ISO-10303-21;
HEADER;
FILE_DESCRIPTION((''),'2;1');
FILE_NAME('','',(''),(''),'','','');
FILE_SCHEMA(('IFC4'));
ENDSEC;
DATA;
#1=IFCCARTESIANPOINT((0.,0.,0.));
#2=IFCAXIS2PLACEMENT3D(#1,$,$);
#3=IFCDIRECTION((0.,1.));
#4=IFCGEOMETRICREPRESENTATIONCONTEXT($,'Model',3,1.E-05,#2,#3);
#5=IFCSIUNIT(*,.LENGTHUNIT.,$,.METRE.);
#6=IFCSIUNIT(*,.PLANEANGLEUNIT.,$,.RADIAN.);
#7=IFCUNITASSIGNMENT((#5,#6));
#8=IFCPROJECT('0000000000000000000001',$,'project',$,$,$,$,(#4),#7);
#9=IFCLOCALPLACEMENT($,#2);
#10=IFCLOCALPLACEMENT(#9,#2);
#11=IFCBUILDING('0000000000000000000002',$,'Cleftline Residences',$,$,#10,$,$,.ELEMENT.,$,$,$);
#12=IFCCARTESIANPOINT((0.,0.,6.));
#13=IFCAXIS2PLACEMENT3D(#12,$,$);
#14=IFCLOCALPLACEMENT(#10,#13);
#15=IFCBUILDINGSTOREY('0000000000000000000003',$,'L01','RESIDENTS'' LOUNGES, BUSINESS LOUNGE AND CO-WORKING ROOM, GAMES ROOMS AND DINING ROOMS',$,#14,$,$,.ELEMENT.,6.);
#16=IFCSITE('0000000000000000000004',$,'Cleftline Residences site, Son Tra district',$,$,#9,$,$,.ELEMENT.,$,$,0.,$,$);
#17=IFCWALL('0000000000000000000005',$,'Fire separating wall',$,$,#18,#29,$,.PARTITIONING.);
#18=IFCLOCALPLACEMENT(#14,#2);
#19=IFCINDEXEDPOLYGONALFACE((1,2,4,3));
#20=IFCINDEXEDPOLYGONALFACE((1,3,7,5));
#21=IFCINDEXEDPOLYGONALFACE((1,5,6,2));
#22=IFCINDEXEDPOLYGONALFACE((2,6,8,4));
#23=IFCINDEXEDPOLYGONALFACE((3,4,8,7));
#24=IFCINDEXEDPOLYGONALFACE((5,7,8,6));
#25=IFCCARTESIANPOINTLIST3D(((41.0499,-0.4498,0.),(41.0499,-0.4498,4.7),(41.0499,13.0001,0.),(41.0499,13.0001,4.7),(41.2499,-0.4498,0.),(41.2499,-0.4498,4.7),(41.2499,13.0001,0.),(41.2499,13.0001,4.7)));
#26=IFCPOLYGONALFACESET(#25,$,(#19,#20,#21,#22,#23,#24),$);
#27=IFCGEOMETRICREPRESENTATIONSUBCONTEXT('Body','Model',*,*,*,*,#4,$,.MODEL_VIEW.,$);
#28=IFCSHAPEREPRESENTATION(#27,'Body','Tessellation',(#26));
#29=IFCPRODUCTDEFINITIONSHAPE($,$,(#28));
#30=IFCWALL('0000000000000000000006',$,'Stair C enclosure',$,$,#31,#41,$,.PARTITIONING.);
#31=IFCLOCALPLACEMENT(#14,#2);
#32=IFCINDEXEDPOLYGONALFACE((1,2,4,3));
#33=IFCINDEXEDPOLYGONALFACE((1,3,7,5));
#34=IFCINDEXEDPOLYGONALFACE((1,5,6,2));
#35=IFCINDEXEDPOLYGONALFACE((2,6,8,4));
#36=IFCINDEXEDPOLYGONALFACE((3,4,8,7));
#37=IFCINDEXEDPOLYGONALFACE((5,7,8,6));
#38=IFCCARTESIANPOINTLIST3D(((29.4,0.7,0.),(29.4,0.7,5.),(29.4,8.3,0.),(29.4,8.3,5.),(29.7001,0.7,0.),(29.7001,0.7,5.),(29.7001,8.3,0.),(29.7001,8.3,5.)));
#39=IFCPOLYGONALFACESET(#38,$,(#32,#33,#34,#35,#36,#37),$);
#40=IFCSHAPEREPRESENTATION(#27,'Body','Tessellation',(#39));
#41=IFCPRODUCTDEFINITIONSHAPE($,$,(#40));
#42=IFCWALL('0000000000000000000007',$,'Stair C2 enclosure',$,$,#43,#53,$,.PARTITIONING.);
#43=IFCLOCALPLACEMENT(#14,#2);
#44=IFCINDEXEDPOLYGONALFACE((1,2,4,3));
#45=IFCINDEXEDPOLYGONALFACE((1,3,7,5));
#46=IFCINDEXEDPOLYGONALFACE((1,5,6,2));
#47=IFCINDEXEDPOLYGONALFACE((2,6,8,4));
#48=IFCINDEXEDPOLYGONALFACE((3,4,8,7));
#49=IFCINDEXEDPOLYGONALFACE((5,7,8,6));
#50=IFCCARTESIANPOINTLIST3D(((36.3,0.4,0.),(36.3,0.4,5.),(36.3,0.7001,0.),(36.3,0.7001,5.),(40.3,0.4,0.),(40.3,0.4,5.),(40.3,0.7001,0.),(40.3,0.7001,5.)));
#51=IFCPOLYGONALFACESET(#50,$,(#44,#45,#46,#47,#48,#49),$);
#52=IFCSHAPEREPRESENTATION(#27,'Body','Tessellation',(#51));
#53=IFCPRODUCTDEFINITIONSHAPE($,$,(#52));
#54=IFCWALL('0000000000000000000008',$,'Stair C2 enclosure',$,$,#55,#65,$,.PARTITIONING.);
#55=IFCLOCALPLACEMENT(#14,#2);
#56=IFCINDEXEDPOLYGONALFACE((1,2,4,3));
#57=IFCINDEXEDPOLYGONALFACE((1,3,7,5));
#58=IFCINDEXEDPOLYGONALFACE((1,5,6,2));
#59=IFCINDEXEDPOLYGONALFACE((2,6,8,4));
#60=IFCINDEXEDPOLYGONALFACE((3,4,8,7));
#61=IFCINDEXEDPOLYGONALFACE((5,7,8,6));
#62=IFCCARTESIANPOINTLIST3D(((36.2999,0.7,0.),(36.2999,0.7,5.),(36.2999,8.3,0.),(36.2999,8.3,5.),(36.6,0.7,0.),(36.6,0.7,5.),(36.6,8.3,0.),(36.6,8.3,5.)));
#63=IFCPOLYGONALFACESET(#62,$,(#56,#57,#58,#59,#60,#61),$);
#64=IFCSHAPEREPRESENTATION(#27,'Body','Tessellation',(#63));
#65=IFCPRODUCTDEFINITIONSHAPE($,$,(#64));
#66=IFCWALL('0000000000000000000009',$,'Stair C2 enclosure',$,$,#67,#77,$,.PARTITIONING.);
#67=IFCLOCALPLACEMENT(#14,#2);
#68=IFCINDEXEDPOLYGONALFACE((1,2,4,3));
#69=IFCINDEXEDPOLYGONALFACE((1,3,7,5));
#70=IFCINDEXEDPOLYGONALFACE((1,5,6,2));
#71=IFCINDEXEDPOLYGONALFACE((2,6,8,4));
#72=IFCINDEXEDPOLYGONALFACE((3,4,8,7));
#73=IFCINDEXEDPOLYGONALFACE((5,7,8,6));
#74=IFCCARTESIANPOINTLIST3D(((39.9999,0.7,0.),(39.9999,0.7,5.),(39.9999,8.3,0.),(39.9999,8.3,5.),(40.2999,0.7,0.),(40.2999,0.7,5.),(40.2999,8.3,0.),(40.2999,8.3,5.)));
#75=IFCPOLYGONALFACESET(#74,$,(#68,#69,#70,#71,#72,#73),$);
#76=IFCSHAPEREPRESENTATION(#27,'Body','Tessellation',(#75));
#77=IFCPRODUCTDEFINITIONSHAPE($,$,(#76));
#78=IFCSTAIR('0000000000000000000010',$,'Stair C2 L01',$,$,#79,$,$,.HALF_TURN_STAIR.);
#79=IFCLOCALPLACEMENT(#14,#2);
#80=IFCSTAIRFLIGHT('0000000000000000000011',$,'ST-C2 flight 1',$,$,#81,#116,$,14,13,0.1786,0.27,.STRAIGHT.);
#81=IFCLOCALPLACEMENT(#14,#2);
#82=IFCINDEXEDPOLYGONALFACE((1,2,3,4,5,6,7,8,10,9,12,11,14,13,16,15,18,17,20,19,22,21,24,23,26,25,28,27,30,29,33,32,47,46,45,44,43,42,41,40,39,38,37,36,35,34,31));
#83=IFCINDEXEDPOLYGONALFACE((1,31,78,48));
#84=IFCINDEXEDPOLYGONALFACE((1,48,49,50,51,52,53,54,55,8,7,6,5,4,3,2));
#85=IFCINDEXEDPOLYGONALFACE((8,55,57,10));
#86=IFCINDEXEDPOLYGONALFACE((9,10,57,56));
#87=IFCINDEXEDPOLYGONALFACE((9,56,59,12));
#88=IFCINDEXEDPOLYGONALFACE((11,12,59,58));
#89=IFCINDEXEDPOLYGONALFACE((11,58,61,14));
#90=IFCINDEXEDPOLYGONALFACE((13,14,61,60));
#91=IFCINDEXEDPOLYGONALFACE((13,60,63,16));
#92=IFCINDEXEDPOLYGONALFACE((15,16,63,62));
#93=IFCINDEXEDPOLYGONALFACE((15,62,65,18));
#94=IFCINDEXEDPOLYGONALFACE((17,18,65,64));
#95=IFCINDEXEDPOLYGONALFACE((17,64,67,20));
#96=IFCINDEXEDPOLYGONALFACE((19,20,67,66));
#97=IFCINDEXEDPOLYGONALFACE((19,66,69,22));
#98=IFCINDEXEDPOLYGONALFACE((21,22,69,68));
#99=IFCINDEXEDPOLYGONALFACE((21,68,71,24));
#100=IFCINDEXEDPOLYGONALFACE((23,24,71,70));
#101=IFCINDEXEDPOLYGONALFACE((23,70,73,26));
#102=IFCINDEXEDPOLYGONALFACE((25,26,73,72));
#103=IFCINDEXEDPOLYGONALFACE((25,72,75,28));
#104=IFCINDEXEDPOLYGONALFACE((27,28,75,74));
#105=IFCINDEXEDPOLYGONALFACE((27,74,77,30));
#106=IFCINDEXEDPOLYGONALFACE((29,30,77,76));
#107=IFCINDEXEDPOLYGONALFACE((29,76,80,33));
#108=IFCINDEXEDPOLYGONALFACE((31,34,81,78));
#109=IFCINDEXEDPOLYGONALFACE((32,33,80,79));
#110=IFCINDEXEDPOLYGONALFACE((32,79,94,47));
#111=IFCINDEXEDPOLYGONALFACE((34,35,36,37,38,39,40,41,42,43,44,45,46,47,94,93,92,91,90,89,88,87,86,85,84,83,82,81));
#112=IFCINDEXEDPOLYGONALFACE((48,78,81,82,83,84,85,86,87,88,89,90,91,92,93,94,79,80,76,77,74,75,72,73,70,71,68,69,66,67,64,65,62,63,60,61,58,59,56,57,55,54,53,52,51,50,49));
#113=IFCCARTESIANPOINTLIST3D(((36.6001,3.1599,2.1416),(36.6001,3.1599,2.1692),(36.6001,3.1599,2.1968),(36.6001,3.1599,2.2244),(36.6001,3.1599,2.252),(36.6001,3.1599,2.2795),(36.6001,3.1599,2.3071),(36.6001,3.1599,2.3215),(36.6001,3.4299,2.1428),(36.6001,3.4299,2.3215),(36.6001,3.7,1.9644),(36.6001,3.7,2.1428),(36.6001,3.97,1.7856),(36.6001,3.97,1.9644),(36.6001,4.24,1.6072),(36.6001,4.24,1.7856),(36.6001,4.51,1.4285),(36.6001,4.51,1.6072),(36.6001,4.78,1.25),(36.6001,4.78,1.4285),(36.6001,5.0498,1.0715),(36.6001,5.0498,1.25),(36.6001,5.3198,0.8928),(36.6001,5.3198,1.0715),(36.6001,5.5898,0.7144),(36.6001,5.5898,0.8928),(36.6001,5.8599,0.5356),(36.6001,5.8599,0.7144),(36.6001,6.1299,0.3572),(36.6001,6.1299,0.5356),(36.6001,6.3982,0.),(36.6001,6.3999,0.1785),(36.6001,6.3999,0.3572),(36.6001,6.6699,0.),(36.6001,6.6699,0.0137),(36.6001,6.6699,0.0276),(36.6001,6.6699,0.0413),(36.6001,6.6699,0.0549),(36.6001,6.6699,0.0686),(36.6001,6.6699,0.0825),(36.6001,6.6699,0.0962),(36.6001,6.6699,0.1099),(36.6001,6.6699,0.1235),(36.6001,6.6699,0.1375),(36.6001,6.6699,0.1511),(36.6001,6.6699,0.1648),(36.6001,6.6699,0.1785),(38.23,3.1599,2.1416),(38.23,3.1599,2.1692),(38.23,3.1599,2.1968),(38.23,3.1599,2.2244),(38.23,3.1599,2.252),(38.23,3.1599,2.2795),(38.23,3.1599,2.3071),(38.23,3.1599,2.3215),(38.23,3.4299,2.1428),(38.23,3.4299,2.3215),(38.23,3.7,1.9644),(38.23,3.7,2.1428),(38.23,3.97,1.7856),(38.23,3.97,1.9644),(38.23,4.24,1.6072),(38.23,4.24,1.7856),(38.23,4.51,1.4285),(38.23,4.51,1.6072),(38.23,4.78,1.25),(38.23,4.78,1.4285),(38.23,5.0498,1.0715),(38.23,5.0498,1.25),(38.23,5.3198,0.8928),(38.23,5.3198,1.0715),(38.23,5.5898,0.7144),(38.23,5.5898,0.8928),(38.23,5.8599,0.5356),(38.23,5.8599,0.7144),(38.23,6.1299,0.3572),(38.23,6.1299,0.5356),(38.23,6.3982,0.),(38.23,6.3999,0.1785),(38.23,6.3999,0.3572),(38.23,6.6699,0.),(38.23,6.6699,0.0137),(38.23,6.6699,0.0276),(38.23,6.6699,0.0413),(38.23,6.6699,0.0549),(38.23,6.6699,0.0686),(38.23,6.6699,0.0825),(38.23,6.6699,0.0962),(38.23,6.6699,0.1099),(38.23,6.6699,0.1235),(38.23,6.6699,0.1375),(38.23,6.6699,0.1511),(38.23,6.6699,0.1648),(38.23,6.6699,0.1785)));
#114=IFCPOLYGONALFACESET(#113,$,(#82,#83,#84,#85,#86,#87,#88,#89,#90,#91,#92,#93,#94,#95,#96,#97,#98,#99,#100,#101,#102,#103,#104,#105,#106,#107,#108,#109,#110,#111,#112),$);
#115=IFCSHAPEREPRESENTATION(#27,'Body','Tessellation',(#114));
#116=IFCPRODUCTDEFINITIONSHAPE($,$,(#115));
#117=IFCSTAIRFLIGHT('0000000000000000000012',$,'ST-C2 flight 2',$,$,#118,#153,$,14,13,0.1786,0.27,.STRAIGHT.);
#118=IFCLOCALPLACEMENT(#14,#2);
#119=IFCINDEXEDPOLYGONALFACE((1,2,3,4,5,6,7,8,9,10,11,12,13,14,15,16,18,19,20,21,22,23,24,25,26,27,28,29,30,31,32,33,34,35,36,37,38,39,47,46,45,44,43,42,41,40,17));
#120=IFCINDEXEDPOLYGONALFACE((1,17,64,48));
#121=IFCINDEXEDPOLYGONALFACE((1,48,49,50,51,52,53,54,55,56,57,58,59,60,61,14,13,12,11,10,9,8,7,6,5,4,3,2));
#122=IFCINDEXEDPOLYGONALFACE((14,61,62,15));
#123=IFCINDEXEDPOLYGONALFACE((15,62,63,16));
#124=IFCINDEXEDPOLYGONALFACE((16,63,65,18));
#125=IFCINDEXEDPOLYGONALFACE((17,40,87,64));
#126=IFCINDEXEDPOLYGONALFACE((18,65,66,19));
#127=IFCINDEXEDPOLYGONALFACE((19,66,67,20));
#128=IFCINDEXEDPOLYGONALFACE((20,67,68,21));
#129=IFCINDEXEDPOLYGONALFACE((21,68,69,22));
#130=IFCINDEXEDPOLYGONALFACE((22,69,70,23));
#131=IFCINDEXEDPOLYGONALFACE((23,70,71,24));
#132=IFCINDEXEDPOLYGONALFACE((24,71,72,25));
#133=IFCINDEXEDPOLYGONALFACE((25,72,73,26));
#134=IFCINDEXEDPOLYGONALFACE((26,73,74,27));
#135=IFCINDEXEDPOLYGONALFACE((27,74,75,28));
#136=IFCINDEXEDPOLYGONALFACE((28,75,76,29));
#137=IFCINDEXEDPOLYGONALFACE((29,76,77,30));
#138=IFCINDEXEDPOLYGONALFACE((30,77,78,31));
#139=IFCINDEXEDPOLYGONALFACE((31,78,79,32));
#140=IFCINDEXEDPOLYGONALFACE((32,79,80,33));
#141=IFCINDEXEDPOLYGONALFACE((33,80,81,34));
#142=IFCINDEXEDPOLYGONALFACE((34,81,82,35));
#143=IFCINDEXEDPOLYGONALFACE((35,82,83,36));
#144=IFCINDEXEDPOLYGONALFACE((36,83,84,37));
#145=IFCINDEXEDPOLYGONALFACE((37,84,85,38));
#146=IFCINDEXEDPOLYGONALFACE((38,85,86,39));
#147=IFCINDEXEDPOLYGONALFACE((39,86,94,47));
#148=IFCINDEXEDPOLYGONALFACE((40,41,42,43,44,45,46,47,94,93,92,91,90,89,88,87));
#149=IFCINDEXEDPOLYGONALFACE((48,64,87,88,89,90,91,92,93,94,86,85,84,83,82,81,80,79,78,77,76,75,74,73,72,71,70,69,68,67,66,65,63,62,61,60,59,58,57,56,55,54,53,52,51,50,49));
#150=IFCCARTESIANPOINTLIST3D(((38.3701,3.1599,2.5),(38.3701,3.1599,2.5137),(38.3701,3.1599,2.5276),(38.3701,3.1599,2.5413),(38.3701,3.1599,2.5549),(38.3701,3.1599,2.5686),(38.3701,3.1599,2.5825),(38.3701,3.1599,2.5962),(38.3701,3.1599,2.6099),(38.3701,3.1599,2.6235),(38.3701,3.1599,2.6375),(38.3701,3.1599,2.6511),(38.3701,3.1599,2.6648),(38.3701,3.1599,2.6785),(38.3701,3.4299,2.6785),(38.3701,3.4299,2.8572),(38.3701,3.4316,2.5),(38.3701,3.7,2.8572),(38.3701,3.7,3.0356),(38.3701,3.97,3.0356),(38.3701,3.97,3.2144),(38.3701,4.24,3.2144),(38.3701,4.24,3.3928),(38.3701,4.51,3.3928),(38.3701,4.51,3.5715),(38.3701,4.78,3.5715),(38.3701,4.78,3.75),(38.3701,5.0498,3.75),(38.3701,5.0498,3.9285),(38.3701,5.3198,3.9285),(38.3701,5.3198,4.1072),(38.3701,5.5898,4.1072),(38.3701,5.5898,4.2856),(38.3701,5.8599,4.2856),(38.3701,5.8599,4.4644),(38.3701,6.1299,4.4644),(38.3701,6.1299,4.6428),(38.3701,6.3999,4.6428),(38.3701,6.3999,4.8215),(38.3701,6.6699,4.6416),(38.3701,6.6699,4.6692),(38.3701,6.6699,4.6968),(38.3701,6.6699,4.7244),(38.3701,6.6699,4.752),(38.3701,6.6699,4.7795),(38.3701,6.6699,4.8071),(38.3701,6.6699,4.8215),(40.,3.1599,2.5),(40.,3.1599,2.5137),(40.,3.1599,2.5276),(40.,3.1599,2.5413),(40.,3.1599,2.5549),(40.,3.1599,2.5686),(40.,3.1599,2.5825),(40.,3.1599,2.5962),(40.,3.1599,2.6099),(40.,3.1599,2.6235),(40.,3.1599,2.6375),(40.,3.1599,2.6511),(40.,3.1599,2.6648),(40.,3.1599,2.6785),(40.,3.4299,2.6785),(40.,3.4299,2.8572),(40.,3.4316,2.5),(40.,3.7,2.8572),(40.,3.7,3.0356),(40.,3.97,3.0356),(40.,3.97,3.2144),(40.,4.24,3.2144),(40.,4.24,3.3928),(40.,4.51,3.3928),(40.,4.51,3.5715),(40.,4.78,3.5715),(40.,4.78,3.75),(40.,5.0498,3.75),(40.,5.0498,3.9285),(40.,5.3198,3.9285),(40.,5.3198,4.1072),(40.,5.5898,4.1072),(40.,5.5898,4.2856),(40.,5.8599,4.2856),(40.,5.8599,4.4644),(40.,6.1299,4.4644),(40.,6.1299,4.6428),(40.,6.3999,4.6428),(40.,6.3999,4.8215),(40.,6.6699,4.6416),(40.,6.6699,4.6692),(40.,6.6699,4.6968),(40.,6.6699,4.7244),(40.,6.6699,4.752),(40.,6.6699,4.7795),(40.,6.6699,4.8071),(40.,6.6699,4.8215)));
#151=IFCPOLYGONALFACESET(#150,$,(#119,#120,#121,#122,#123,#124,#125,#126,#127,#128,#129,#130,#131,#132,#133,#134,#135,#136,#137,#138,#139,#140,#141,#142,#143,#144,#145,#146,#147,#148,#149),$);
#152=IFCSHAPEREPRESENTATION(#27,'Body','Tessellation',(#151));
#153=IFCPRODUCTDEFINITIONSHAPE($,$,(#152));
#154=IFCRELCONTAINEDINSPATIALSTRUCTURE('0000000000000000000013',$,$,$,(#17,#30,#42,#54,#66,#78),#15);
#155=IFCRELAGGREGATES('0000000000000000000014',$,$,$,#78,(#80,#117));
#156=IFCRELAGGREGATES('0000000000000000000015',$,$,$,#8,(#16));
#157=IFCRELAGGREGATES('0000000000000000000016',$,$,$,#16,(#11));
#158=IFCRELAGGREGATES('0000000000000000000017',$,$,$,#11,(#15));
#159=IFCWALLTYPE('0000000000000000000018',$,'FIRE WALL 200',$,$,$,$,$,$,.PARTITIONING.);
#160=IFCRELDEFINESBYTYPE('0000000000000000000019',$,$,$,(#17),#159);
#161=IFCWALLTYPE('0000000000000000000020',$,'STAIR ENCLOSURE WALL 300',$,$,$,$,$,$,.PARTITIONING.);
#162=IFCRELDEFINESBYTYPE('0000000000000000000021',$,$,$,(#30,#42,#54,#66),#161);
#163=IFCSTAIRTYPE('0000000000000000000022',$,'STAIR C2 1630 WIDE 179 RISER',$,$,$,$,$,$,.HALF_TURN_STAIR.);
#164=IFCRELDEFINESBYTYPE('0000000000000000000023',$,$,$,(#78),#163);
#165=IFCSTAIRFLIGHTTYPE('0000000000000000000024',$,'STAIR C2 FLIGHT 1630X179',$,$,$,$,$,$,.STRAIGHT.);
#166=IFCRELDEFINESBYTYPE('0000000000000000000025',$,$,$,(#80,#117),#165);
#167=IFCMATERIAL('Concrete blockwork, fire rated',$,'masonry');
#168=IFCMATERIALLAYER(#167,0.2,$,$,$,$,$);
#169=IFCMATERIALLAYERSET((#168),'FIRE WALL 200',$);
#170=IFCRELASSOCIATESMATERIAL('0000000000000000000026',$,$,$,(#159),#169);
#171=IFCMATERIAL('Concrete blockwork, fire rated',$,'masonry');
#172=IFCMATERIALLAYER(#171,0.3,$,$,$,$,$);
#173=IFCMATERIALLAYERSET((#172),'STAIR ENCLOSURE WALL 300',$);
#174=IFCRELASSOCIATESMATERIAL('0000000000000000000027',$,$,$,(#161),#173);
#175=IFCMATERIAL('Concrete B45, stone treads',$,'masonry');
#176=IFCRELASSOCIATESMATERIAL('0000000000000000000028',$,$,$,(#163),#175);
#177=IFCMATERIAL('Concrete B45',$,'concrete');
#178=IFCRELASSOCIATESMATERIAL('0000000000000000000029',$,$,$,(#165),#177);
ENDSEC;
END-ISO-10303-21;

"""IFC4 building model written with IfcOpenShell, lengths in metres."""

from ifc_helpers import new_model, si_unit, direction, frame, frame_2d, origin, place, context, subcontext, project, spatial, polyline, rectangle, outline, extrude, material, layer, layer_set, type_object, element, aggregate, save


model = new_model("IFC4")

# Units and contexts
model_context = context("Model", 3, precision=1e-05, world=origin(), true_north=direction((0.0, 1.0)))
body_context = subcontext(model_context, "Body", "Model", "MODEL_VIEW")
ifc_project = project(units=[si_unit("LENGTHUNIT", "METRE"), si_unit("PLANEANGLEUNIT", "RADIAN")], contexts=[model_context])

# Site, building, storey
site_placement = place(None, origin())
site = spatial("IfcSite", under=ifc_project, at=site_placement, Name="Cleftline Residences site, Son Tra district", CompositionType="ELEMENT", RefElevation=0.0)
building_placement = place(site_placement, origin())
building = spatial("IfcBuilding", under=site, at=building_placement, Name="Cleftline Residences", CompositionType="ELEMENT")
storey_placement = place(building_placement, frame((0.0, 0.0, 6.0)))
storey = spatial("IfcBuildingStorey", under=building, at=storey_placement, Name="L01", Description="RESIDENTS' LOUNGES, BUSINESS LOUNGE AND CO-WORKING ROOM, GAMES ROOMS AND DINING ROOMS", CompositionType="ELEMENT", Elevation=6.0)

# Walls
ifc_material_1 = material(Name="Concrete blockwork, fire rated", Category="masonry")
ifc_layer_1 = layer(ifc_material_1, 0.2)
ifc_layer_set_1 = layer_set([ifc_layer_1], Name="FIRE WALL 200")
wall_type_1 = type_object("IfcWallType", Name="FIRE WALL 200", PredefinedType="PARTITIONING", material=ifc_layer_set_1)
wall_1_placement = place(storey_placement, frame((41.1499, -0.45, 0.0), z_axis=(0.0, 0.0, 1.0), x_axis=(0.0, 1.0, 0.0)))
element("IfcWall", 1, at=wall_1_placement, inside=storey, type_object=wall_type_1, Name="Fire separating wall", PredefinedType="PARTITIONING", context=body_context, shape_type="SweptSolid", body=[
    extrude(rectangle(XDim=13.45, YDim=0.2, at=frame_2d((6.7251, 0.0))), origin(), (0.0, 0.0, 1.0), 4.7),
])
ifc_material_2 = material(Name="Concrete blockwork, fire rated", Category="masonry")
ifc_layer_2 = layer(ifc_material_2, 0.3)
ifc_layer_set_2 = layer_set([ifc_layer_2], Name="STAIR ENCLOSURE WALL 300")
wall_type_2 = type_object("IfcWallType", Name="STAIR ENCLOSURE WALL 300", PredefinedType="PARTITIONING", material=ifc_layer_set_2)
wall_2_placement = place(storey_placement, frame((29.55, 0.7, 0.0), z_axis=(0.0, 0.0, 1.0), x_axis=(0.0, 1.0, 0.0)))
element("IfcWall", 2, at=wall_2_placement, inside=storey, type_object=wall_type_2, Name="Stair C enclosure", PredefinedType="PARTITIONING", context=body_context, shape_type="SweptSolid", body=[
    extrude(rectangle(XDim=7.6001, YDim=0.3, at=frame_2d((3.8, 0.0))), origin(), (0.0, 0.0, 1.0), 5.0),
])
wall_3_placement = place(storey_placement, frame((36.3, 0.55, 0.0), z_axis=(0.0, 0.0, 1.0), x_axis=(1.0, 0.0, 0.0)))
element("IfcWall", 3, at=wall_3_placement, inside=storey, type_object=wall_type_2, Name="Stair C2 enclosure", PredefinedType="PARTITIONING", context=body_context, shape_type="SweptSolid", body=[
    extrude(rectangle(XDim=4.0, YDim=0.3, at=frame_2d((2.0, 0.0))), origin(), (0.0, 0.0, 1.0), 5.0),
])
for number, where, z_axis, x_axis, name in (
    (4, (36.45, 0.7, 0.0), (0.0, 0.0, 1.0), (0.0, 1.0, 0.0), "Stair C2 enclosure"),
    (5, (40.1499, 0.7, 0.0), (0.0, 0.0, 1.0), (0.0, 1.0, 0.0), "Stair C2 enclosure"),
):
    element("IfcWall", number, at=place(storey_placement, frame(where, z_axis=z_axis, x_axis=x_axis)), inside=storey, type_object=wall_type_2, Name=name, PredefinedType="PARTITIONING", context=body_context, shape_type="SweptSolid", body=[
        extrude(rectangle(XDim=7.6001, YDim=0.3, at=frame_2d((3.8, 0.0))), origin(), (0.0, 0.0, 1.0), 5.0),
    ])

# Stair, stair flights
ifc_material_3 = material(Name="Concrete B45, stone treads", Category="masonry")
stair_type = type_object("IfcStairType", Name="STAIR C2 1630 WIDE 179 RISER", PredefinedType="HALF_TURN_STAIR", material=ifc_material_3)
stair_placement = place(storey_placement, origin())
stair = element("IfcStair", 6, at=stair_placement, inside=storey, type_object=stair_type, Name="Stair C2 L01", PredefinedType="HALF_TURN_STAIR")
ifc_material_4 = material(Name="Concrete B45", Category="concrete")
stair_flight_type = type_object("IfcStairFlightType", Name="STAIR C2 FLIGHT 1630X179", PredefinedType="STRAIGHT", material=ifc_material_4)
stair_flight_1_placement = place(storey_placement, frame((37.415, 6.6699, 0.0), z_axis=(0.0, 0.0, 1.0), x_axis=(0.0, -1.0, 0.0)))
stair_flight_1 = element("IfcStairFlight", 7, at=stair_flight_1_placement, type_object=stair_flight_type, Name="ST-C2 flight 1", NumberOfRisers=14, NumberOfTreads=13, PredefinedType="STRAIGHT", RiserHeight=0.1786, TreadLength=0.27, context=body_context, shape_type="SweptSolid", body=[
    extrude(outline(polyline([(0.0, 0.0), (0.0, 0.0137), (0.0, 0.0276), (0.0, 0.0413), (0.0, 0.0549), (0.0, 0.0686), (0.0, 0.0825), (0.0, 0.0962), (0.0, 0.1099), (0.0, 0.1235), (0.0, 0.1375), (0.0, 0.1511), (0.0, 0.1648), (0.0, 0.1785), (0.27, 0.1785), (0.27, 0.3572), (0.54, 0.3572), (0.54, 0.5356), (0.8101, 0.5356), (0.8101, 0.7144), (1.0801, 0.7144), (1.0801, 0.8928), (1.3501, 0.8928), (1.3501, 1.0715), (1.6201, 1.0715), (1.6201, 1.25), (1.8899, 1.25), (1.8899, 1.4285), (2.1599, 1.4285), (2.1599, 1.6072), (2.4299, 1.6072), (2.4299, 1.7856), (2.7, 1.7856), (2.7, 1.9644), (2.97, 1.9644), (2.97, 2.1428), (3.24, 2.1428), (3.24, 2.3215), (3.51, 2.3215), (3.51, 2.5), (3.51, 2.4724), (3.51, 2.4448), (3.51, 2.4172), (3.51, 2.3896), (3.51, 2.3623), (3.51, 2.3347), (3.51, 2.3071), (3.51, 2.2795), (3.51, 2.252), (3.51, 2.2244), (3.51, 2.1968), (3.51, 2.1692), (3.51, 2.1416), (0.2717, 0.0), (0.0, 0.0)])), frame((0.0, 0.8149, 0.0), z_axis=(0.0, -1.0, 0.0), x_axis=(1.0, 0.0, 0.0)), (0.0, 0.0, 1.0), 1.6299),
])
stair_flight_2_placement = place(storey_placement, frame((39.1851, 3.1599, 2.5), z_axis=(0.0, 0.0, 1.0), x_axis=(0.0, 1.0, 0.0)))
stair_flight_2 = element("IfcStairFlight", 8, at=stair_flight_2_placement, type_object=stair_flight_type, Name="ST-C2 flight 2", NumberOfRisers=14, NumberOfTreads=13, PredefinedType="STRAIGHT", RiserHeight=0.1786, TreadLength=0.27, context=body_context, shape_type="SweptSolid", body=[
    extrude(outline(polyline([(0.0, 0.0), (0.0, 0.0137), (0.0, 0.0276), (0.0, 0.0413), (0.0, 0.0549), (0.0, 0.0686), (0.0, 0.0825), (0.0, 0.0962), (0.0, 0.1099), (0.0, 0.1235), (0.0, 0.1375), (0.0, 0.1511), (0.0, 0.1648), (0.0, 0.1785), (0.27, 0.1785), (0.27, 0.3572), (0.54, 0.3572), (0.54, 0.5356), (0.8101, 0.5356), (0.8101, 0.7144), (1.0801, 0.7144), (1.0801, 0.8928), (1.3501, 0.8928), (1.3501, 1.0715), (1.6201, 1.0715), (1.6201, 1.25), (1.8899, 1.25), (1.8899, 1.4285), (2.1599, 1.4285), (2.1599, 1.6072), (2.4299, 1.6072), (2.4299, 1.7856), (2.7, 1.7856), (2.7, 1.9644), (2.97, 1.9644), (2.97, 2.1428), (3.24, 2.1428), (3.24, 2.3215), (3.51, 2.3215), (3.51, 2.5), (3.51, 2.4724), (3.51, 2.4448), (3.51, 2.4172), (3.51, 2.3896), (3.51, 2.3623), (3.51, 2.3347), (3.51, 2.3071), (3.51, 2.2795), (3.51, 2.252), (3.51, 2.2244), (3.51, 2.1968), (3.51, 2.1692), (3.51, 2.1416), (0.2717, 0.0), (0.0, 0.0)])), frame((0.0, 0.8149, 0.0), z_axis=(0.0, -1.0, 0.0), x_axis=(1.0, 0.0, 0.0)), (0.0, 0.0, 1.0), 1.6299),
])
aggregate(stair, [stair_flight_1, stair_flight_2])

save(model, "model.ifc")
